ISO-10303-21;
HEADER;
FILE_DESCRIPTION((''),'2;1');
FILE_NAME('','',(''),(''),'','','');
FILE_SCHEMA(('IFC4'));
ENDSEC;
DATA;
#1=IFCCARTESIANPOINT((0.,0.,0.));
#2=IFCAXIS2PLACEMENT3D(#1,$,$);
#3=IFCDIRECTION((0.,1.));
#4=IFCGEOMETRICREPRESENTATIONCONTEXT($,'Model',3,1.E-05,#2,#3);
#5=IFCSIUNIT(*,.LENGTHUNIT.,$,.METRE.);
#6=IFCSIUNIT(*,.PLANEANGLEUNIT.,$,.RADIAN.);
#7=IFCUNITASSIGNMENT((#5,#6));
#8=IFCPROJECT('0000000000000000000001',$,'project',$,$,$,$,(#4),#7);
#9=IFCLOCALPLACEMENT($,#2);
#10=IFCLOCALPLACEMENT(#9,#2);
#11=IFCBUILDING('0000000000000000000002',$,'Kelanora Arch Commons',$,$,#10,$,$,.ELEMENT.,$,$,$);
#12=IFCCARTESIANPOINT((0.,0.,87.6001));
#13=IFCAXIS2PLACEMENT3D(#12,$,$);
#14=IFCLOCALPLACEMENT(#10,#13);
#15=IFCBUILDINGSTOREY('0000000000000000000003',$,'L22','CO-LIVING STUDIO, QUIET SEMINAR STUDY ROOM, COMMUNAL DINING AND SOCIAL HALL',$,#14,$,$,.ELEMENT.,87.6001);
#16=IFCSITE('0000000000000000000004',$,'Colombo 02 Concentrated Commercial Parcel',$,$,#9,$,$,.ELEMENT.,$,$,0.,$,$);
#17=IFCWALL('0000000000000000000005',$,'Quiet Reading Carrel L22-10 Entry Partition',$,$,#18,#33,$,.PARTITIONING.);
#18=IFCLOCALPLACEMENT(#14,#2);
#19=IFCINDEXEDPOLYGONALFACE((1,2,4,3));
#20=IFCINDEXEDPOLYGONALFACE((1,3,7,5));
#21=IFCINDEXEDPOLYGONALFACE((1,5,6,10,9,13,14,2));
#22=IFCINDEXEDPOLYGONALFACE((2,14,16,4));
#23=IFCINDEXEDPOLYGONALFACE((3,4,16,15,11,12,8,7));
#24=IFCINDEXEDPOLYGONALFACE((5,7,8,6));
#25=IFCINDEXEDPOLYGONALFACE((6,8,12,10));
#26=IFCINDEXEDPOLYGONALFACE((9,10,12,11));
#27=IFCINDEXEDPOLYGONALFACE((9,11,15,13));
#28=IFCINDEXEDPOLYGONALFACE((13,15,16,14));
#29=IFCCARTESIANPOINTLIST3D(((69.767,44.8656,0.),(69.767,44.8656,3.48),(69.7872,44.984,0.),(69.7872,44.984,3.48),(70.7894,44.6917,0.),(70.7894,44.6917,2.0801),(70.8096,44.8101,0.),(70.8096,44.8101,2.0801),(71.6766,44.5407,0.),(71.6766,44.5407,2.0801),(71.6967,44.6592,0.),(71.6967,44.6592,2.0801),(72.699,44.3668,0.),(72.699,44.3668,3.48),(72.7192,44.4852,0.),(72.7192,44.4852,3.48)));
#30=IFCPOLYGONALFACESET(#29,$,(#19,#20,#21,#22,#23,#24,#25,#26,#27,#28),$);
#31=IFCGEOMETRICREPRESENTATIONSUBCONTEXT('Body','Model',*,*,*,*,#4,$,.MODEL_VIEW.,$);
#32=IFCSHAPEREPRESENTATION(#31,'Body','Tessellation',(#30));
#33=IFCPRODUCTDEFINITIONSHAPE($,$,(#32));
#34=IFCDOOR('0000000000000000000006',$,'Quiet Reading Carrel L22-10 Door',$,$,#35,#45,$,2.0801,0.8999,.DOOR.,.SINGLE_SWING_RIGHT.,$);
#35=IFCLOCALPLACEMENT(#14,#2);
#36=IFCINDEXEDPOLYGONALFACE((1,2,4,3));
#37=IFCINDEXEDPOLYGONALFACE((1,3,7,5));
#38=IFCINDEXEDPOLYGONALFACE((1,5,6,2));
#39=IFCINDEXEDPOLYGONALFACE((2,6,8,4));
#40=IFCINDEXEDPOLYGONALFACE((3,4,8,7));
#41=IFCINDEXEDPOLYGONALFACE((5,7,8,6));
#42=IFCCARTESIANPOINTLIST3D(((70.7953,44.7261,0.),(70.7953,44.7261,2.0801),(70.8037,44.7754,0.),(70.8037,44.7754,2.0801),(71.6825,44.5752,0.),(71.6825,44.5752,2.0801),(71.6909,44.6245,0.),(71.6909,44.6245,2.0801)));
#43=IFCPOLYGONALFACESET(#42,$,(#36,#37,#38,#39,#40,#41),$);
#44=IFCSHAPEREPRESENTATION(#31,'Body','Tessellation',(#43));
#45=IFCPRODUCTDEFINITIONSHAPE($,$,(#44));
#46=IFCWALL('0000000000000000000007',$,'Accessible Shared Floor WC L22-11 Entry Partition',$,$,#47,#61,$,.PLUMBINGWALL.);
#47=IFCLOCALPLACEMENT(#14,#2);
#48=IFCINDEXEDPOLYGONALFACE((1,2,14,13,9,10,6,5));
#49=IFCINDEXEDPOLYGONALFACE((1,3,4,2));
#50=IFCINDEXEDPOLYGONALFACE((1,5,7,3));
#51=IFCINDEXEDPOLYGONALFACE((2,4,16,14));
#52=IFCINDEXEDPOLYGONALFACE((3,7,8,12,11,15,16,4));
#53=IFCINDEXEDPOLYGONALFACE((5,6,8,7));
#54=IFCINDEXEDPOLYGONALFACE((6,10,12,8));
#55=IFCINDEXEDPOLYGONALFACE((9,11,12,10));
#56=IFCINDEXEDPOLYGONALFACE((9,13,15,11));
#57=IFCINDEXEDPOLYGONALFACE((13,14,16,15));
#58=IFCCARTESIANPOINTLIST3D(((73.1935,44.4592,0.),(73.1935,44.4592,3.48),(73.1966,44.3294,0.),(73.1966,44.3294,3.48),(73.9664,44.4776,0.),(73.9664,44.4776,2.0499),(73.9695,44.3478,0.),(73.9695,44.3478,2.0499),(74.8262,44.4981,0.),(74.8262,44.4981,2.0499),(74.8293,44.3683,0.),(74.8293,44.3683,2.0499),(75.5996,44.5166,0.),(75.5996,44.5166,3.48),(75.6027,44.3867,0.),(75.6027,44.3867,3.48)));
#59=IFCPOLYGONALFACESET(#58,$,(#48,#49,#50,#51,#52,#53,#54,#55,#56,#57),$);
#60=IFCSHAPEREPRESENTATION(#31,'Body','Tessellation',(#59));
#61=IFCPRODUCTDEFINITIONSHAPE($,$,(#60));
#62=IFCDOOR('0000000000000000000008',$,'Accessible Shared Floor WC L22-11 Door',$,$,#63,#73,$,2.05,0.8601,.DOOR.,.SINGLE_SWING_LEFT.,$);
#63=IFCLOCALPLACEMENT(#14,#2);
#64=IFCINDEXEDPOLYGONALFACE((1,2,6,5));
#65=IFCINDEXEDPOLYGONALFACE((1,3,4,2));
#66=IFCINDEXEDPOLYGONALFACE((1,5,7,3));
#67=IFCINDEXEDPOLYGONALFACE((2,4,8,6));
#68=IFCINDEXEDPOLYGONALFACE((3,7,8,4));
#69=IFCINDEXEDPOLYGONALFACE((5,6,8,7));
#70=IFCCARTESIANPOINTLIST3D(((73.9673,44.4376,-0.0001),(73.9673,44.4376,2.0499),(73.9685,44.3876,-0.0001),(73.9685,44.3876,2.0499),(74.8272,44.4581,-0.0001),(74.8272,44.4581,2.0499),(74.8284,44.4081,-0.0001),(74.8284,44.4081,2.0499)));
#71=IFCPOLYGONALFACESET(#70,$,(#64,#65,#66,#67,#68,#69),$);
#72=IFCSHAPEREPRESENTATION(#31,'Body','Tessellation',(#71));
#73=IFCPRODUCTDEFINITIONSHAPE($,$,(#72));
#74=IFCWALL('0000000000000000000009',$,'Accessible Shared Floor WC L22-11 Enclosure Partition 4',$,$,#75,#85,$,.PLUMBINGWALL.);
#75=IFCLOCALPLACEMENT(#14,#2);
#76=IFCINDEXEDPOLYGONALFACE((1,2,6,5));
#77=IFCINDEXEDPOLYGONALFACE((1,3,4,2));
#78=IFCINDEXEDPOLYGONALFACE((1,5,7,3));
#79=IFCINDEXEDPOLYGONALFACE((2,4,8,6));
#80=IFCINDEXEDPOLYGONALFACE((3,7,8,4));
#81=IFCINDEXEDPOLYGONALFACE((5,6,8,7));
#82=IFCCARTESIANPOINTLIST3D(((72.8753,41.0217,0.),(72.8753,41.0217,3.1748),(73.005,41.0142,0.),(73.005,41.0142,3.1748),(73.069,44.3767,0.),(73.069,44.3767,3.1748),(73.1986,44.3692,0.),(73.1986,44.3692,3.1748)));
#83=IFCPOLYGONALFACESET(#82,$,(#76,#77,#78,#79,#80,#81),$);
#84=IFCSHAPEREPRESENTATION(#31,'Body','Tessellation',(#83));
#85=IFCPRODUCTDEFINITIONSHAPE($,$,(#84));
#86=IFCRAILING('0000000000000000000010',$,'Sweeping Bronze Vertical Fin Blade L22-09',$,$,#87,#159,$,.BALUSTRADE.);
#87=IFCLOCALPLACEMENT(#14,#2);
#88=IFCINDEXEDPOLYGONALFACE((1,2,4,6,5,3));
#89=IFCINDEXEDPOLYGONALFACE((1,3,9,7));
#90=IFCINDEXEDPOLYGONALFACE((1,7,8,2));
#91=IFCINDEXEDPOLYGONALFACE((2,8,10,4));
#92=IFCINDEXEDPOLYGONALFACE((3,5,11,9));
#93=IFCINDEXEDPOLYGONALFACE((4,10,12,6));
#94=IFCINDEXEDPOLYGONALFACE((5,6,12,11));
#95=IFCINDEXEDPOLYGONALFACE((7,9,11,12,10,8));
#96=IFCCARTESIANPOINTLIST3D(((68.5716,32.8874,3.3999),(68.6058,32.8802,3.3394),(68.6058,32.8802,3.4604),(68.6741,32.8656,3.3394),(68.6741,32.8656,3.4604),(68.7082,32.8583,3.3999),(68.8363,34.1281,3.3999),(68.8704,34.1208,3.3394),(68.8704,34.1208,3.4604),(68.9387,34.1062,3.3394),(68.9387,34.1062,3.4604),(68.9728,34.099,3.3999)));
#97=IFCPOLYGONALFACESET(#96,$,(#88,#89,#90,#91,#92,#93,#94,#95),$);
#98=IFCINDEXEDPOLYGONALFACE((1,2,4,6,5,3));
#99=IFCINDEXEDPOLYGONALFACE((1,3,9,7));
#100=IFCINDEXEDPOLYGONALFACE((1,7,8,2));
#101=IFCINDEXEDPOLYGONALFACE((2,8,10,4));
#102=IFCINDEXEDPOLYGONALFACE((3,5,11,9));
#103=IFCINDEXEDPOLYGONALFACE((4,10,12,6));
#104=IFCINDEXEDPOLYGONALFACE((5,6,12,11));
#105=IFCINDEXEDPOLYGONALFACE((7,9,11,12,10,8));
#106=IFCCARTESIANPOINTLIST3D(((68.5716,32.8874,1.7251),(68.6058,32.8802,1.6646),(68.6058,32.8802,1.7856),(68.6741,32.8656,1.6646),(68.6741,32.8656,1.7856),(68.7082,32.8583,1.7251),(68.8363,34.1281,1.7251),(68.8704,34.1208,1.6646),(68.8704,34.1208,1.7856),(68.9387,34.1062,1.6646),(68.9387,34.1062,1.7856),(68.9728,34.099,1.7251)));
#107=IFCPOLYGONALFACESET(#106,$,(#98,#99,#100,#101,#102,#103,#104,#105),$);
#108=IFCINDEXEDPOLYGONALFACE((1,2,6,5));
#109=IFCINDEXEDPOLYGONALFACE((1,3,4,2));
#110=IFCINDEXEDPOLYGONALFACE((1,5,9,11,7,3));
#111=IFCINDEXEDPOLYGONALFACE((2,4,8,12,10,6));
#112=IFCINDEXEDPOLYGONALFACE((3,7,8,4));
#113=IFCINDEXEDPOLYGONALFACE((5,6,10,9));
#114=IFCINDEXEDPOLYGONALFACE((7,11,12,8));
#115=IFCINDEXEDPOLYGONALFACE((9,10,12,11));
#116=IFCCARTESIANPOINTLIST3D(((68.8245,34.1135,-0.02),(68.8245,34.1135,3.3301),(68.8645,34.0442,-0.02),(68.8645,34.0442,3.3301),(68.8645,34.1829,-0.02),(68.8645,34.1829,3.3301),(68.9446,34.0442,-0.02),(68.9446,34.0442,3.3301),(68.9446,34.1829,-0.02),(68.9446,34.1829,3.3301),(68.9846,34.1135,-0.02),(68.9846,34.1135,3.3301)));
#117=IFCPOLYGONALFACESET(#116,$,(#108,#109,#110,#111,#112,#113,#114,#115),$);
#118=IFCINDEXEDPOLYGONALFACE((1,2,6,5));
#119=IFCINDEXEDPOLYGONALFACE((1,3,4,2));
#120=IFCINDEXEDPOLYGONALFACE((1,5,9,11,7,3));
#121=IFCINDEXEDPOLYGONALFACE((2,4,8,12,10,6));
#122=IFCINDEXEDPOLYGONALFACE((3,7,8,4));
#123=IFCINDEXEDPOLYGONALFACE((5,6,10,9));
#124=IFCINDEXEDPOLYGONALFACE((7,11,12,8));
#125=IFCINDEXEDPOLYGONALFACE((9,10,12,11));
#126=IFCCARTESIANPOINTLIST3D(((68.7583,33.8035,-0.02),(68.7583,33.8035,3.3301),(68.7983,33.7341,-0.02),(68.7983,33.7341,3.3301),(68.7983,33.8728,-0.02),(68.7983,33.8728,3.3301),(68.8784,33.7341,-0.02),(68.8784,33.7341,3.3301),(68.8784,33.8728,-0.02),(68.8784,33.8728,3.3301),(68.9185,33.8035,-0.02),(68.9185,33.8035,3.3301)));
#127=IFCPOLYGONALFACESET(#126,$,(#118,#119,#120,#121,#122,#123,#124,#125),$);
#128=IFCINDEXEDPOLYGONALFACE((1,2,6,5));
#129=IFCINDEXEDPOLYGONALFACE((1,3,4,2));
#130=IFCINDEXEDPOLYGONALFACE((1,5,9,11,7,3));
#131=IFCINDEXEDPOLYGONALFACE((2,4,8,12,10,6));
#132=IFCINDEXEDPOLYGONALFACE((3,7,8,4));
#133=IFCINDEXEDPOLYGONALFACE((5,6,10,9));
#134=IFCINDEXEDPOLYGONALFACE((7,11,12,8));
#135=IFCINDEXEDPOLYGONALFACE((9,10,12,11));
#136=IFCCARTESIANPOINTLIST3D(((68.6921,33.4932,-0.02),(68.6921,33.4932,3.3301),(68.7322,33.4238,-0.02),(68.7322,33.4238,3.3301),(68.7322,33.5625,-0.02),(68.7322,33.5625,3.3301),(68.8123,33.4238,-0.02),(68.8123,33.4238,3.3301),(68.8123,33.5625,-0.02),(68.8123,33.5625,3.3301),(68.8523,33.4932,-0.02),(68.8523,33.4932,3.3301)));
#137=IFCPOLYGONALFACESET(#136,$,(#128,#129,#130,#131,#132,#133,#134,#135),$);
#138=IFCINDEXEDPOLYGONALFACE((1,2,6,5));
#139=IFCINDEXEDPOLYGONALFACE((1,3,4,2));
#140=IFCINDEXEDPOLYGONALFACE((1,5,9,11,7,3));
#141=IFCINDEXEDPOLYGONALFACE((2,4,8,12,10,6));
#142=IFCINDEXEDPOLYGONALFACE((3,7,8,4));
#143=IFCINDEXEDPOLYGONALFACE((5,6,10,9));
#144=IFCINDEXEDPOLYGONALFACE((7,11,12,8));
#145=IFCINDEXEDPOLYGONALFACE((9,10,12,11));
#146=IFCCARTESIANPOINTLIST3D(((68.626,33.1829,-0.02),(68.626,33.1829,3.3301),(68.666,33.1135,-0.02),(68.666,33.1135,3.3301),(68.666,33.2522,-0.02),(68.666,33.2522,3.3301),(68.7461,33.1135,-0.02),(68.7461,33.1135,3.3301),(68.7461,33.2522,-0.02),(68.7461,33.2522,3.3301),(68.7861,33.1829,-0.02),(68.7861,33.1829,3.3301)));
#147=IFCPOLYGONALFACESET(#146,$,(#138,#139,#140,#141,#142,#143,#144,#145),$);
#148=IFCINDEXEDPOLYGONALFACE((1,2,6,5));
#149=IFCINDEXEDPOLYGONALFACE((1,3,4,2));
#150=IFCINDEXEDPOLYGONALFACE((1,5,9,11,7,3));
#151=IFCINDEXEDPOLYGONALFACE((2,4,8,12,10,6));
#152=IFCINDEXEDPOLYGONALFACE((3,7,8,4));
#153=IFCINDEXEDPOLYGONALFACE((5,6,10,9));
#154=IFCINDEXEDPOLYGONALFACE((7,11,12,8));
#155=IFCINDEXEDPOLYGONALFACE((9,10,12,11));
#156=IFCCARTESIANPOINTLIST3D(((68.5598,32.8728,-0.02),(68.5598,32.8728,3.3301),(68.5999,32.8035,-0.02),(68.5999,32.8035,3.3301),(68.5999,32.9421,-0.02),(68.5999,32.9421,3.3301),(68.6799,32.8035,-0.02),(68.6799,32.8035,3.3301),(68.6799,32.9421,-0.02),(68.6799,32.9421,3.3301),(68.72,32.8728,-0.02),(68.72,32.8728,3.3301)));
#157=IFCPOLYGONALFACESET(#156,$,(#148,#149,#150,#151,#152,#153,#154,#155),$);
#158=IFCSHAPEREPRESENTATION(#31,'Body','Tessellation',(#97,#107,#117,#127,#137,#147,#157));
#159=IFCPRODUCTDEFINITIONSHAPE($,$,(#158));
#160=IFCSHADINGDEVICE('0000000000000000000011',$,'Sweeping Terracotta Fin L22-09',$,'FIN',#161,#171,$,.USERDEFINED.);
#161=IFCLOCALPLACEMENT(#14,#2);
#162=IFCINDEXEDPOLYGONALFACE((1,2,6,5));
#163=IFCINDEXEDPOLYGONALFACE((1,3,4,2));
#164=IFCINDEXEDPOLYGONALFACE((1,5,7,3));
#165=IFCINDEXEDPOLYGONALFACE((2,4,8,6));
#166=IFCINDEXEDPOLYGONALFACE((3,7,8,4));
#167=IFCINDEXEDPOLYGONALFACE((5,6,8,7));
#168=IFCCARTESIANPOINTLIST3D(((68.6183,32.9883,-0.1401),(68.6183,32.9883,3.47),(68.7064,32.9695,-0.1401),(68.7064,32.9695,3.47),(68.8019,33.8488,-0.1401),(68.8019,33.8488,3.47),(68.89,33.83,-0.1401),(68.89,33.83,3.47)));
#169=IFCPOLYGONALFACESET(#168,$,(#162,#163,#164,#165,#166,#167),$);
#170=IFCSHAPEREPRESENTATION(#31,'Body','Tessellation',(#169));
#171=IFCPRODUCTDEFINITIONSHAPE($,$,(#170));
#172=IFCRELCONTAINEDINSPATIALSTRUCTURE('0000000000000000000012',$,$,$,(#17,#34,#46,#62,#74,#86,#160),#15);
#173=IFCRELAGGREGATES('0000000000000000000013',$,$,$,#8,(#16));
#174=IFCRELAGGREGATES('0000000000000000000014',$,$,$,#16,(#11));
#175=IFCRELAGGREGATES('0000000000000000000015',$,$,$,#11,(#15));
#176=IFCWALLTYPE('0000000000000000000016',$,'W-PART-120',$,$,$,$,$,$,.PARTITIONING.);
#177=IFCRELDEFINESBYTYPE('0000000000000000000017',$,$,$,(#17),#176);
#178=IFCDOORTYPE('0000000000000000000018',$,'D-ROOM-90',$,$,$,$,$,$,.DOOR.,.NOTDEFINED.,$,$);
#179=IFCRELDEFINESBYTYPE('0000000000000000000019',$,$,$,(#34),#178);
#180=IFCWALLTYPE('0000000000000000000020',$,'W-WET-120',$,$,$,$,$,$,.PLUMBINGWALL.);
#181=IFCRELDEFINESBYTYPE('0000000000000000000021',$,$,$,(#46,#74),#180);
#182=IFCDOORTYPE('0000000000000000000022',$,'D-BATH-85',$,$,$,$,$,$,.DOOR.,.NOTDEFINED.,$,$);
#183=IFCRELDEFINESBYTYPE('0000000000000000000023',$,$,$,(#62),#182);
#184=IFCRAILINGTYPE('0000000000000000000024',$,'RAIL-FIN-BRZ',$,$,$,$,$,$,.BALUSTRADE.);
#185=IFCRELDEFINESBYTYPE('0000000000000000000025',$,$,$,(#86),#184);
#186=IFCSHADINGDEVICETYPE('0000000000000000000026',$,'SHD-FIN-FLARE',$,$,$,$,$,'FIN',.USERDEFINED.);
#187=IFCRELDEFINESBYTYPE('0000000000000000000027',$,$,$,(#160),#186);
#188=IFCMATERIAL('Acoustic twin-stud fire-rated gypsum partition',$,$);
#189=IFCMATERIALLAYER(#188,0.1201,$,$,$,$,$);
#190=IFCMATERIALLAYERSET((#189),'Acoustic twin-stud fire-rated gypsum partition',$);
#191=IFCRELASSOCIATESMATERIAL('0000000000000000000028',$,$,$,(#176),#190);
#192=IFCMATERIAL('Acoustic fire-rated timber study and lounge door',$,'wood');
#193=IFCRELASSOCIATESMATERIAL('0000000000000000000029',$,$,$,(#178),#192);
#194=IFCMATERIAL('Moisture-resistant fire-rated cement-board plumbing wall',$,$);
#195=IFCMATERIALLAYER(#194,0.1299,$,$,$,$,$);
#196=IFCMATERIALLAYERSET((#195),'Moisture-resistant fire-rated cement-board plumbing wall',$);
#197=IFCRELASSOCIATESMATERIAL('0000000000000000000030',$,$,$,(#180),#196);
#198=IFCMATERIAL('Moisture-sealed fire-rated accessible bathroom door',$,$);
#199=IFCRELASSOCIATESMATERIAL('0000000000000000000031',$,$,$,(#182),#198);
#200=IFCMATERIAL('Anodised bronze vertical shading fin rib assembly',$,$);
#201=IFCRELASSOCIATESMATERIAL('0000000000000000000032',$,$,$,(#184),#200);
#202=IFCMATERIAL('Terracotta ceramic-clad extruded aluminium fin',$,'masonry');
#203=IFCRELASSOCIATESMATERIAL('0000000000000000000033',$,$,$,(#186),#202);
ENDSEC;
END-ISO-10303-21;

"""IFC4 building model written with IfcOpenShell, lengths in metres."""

from ifc_helpers import new_model, si_unit, direction, frame, frame_2d, origin, origin_2d, place, context, subcontext, project, spatial, polyline, rectangle, outline, extrude, source, transform, mapped, material, layer, layer_set, type_object, element, fill, save


model = new_model("IFC4")

# Units and contexts
model_context = context("Model", 3, precision=1e-05, world=origin(), true_north=direction((0.0, 1.0)))
body_context = subcontext(model_context, "Body", "Model", "MODEL_VIEW")
ifc_project = project(units=[si_unit("LENGTHUNIT", "METRE"), si_unit("PLANEANGLEUNIT", "RADIAN")], contexts=[model_context])

# Site, building, storey
site_placement = place(None, origin())
site = spatial("IfcSite", under=ifc_project, at=site_placement, Name="Colombo 02 Concentrated Commercial Parcel", CompositionType="ELEMENT", RefElevation=0.0)
building_placement = place(site_placement, origin())
building = spatial("IfcBuilding", under=site, at=building_placement, Name="Kelanora Arch Commons", CompositionType="ELEMENT")
storey_placement = place(building_placement, frame((0.0, 0.0, 87.6001)))
storey = spatial("IfcBuildingStorey", under=building, at=storey_placement, Name="L22", Description="CO-LIVING STUDIO, QUIET SEMINAR STUDY ROOM, COMMUNAL DINING AND SOCIAL HALL", CompositionType="ELEMENT", Elevation=87.6001)

# Walls, openings, doors
ifc_material_1 = material(Name="Acoustic twin-stud fire-rated gypsum partition")
ifc_layer_1 = layer(ifc_material_1, 0.1201)
ifc_layer_set_1 = layer_set([ifc_layer_1], Name="Acoustic twin-stud fire-rated gypsum partition")
wall_type_1 = type_object("IfcWallType", Name="W-PART-120", PredefinedType="PARTITIONING", material=ifc_layer_set_1)
ifc_material_2 = material(Name="Acoustic fire-rated timber study and lounge door", Category="wood")
door_type_1 = type_object("IfcDoorType", Name="D-ROOM-90", OperationType="NOTDEFINED", PredefinedType="DOOR", material=ifc_material_2)
wall_1_placement = place(storey_placement, frame((69.7771, 44.9248, 0.0), z_axis=(0.0, 0.0, 1.0), x_axis=(0.985836, -0.167713, 0.0)))
wall_1 = element("IfcWall", 1, at=wall_1_placement, inside=storey, type_object=wall_type_1, Name="Quiet Reading Carrel L22-10 Entry Partition", PredefinedType="PARTITIONING", context=body_context, shape_type="SweptSolid", body=[
    extrude(rectangle(XDim=2.9741, YDim=0.1201, at=frame_2d((1.4871, 0.0))), origin(), (0.0, 0.0, 1.0), 3.48),
])
opening_1_placement = place(wall_1_placement, frame((1.0371, 0.0, 0.0)))
opening_1 = element("IfcOpeningElement", 2, at=opening_1_placement, cuts=wall_1, PredefinedType="OPENING", context=body_context, shape_type="SweptSolid", body=[
    extrude(rectangle(XDim=0.8999, YDim=2.0801, at=frame_2d((0.45, 1.04))), frame((0.0, 0.0701, 0.0), z_axis=(0.0, -1.0, 0.0), x_axis=(1.0, 0.0, 0.0)), (0.0, 0.0, 1.0), 0.1401),
])
door_1_placement = place(opening_1_placement, origin())
door_1 = element("IfcDoor", 3, at=door_1_placement, inside=storey, type_object=door_type_1, Name="Quiet Reading Carrel L22-10 Door", OperationType="SINGLE_SWING_RIGHT", OverallHeight=2.0801, OverallWidth=0.8999, PredefinedType="DOOR", context=body_context, shape_type="SweptSolid", body=[
    extrude(rectangle(XDim=0.8999, YDim=2.0801, at=frame_2d((0.45, 1.04))), frame((0.0, 0.0249, 0.0), z_axis=(0.0, -1.0, 0.0), x_axis=(1.0, 0.0, 0.0)), (0.0, 0.0, 1.0), 0.05),
])
fill(opening_1, door_1)
ifc_material_3 = material(Name="Moisture-resistant fire-rated cement-board plumbing wall")
ifc_layer_2 = layer(ifc_material_3, 0.1299)
ifc_layer_set_2 = layer_set([ifc_layer_2], Name="Moisture-resistant fire-rated cement-board plumbing wall")
wall_type_2 = type_object("IfcWallType", Name="W-WET-120", PredefinedType="PLUMBINGWALL", material=ifc_layer_set_2)
wall_2_placement = place(storey_placement, frame((73.1951, 44.3943, 0.0), z_axis=(0.0, 0.0, 1.0), x_axis=(0.999716, 0.023839, 0.0)))
wall_2 = element("IfcWall", 4, at=wall_2_placement, inside=storey, type_object=wall_type_2, Name="Accessible Shared Floor WC L22-11 Entry Partition", PredefinedType="PLUMBINGWALL", context=body_context, shape_type="SweptSolid", body=[
    extrude(rectangle(XDim=2.4067, YDim=0.1299, at=frame_2d((1.2034, 0.0))), origin(), (0.0, 0.0, 1.0), 3.48),
])
opening_2_placement = place(wall_2_placement, frame((0.7729, 0.0, 0.0)))
opening_2 = element("IfcOpeningElement", 5, at=opening_2_placement, cuts=wall_2, PredefinedType="OPENING", context=body_context, shape_type="SweptSolid", body=[
    extrude(rectangle(XDim=0.8601, YDim=2.05, at=frame_2d((0.4302, 1.0249))), frame((0.0, 0.075, 0.0), z_axis=(0.0, -1.0, 0.0), x_axis=(1.0, 0.0, 0.0)), (0.0, 0.0, 1.0), 0.1499),
])
ifc_material_4 = material(Name="Moisture-sealed fire-rated accessible bathroom door")
door_type_2 = type_object("IfcDoorType", Name="D-BATH-85", OperationType="NOTDEFINED", PredefinedType="DOOR", material=ifc_material_4)
door_2_placement = place(opening_2_placement, origin())
door_2 = element("IfcDoor", 6, at=door_2_placement, inside=storey, type_object=door_type_2, Name="Accessible Shared Floor WC L22-11 Door", OperationType="SINGLE_SWING_LEFT", OverallHeight=2.05, OverallWidth=0.8601, PredefinedType="DOOR", context=body_context, shape_type="SweptSolid", body=[
    extrude(rectangle(XDim=0.8601, YDim=2.05, at=frame_2d((0.4302, 1.0249))), frame((0.0, 0.0249, 0.0), z_axis=(0.0, -1.0, 0.0), x_axis=(1.0, 0.0, 0.0)), (0.0, 0.0, 1.0), 0.05),
])
fill(opening_2, door_2)

# Wall
wall_3_placement = place(storey_placement, frame((72.9402, 41.0181, 0.0), z_axis=(0.0, 0.0, 1.0), x_axis=(0.05761, 0.998339, 0.0)))
element("IfcWall", 7, at=wall_3_placement, inside=storey, type_object=wall_type_2, Name="Accessible Shared Floor WC L22-11 Enclosure Partition 4", PredefinedType="PLUMBINGWALL", context=body_context, shape_type="SweptSolid", body=[
    extrude(rectangle(XDim=3.3606, YDim=0.1299, at=frame_2d((1.6802, 0.0))), origin(), (0.0, 0.0, 1.0), 3.1748),
])

# Railing
ifc_material_5 = material(Name="Anodised bronze vertical shading fin rib assembly")
railing_type = type_object("IfcRailingType", Name="RAIL-FIN-BRZ", PredefinedType="BALUSTRADE", material=ifc_material_5)
railing_placement = place(storey_placement, frame((68.9045, 34.1135, -0.02)))
element("IfcRailing", 8, at=railing_placement, inside=storey, type_object=railing_type, Name="Sweeping Bronze Vertical Fin Blade L22-09", PredefinedType="BALUSTRADE", context=body_context, shape_type="SweptSolid", body=[
    extrude(outline(polyline([(0.0698, 0.0), (0.0349, 0.0605), (-0.0349, 0.0605), (-0.0698, 0.0), (-0.0349, -0.0605), (0.0349, -0.0605), (0.0698, 0.0)])), frame((0.0, 0.0, 3.4199), z_axis=(-0.208609, -0.977999, 0.0), x_axis=(0.977999, -0.208609, 0.0)), (0.0, 0.0, 1.0), 1.2686),
    extrude(outline(polyline([(0.0698, 0.0), (0.0349, 0.0605), (-0.0349, 0.0605), (-0.0698, 0.0), (-0.0349, -0.0605), (0.0349, -0.0605), (0.0698, 0.0)])), frame((0.0, 0.0, 1.7451), z_axis=(-0.208609, -0.977999, 0.0), x_axis=(0.977999, -0.208609, 0.0)), (0.0, 0.0, 1.0), 1.2686),
    extrude(outline(polyline([(0.0801, 0.0), (0.04, 0.0693), (-0.04, 0.0693), (-0.0801, 0.0), (-0.04, -0.0693), (0.04, -0.0693), (0.0801, 0.0)])), origin(), (0.0, 0.0, 1.0), 3.3501),
    extrude(outline(polyline([(0.0801, 0.0), (0.04, 0.0693), (-0.04, 0.0693), (-0.0801, 0.0), (-0.04, -0.0693), (0.04, -0.0693), (0.0801, 0.0)])), frame((-0.0662, -0.3101, 0.0)), (0.0, 0.0, 1.0), 3.3501),
    extrude(outline(polyline([(0.0801, 0.0), (0.04, 0.0693), (-0.04, 0.0693), (-0.0801, 0.0), (-0.04, -0.0693), (0.04, -0.0693), (0.0801, 0.0)])), frame((-0.1323, -0.6204, 0.0)), (0.0, 0.0, 1.0), 3.3501),
    extrude(outline(polyline([(0.0801, 0.0), (0.04, 0.0693), (-0.04, 0.0693), (-0.0801, 0.0), (-0.04, -0.0693), (0.04, -0.0693), (0.0801, 0.0)])), frame((-0.1985, -0.9307, 0.0)), (0.0, 0.0, 1.0), 3.3501),
    extrude(outline(polyline([(0.0801, 0.0), (0.04, 0.0693), (-0.04, 0.0693), (-0.0801, 0.0), (-0.04, -0.0693), (0.04, -0.0693), (0.0801, 0.0)])), frame((-0.2646, -1.2407, 0.0)), (0.0, 0.0, 1.0), 3.3501),
])

# Shading device
ifc_material_6 = material(Name="Terracotta ceramic-clad extruded aluminium fin", Category="masonry")
shading_device_type = type_object("IfcShadingDeviceType", Name="SHD-FIN-FLARE", ElementType="FIN", PredefinedType="USERDEFINED", material=ifc_material_6)
shared_shape_1 = source(origin(), body_context, "Body", "SweptSolid", [
    extrude(rectangle(XDim=0.8799, YDim=0.0901, at=origin_2d()), origin(), (0.0, 0.0, 1.0), 3.6101),
])
shading_device_placement = place(storey_placement, frame((68.7542, 33.4092, -0.1401), z_axis=(0.0, 0.0, 1.0), x_axis=(-0.208595, -0.978002, 0.0)))
element("IfcShadingDevice", 9, at=shading_device_placement, inside=storey, type_object=shading_device_type, Name="Sweeping Terracotta Fin L22-09", ObjectType="FIN", PredefinedType="USERDEFINED", context=body_context, shape_type="MappedRepresentation", body=[
    mapped(shared_shape_1, transform((0.0, 0.0, 0.0), scale=1.0)),
])

save(model, "model.ifc")
